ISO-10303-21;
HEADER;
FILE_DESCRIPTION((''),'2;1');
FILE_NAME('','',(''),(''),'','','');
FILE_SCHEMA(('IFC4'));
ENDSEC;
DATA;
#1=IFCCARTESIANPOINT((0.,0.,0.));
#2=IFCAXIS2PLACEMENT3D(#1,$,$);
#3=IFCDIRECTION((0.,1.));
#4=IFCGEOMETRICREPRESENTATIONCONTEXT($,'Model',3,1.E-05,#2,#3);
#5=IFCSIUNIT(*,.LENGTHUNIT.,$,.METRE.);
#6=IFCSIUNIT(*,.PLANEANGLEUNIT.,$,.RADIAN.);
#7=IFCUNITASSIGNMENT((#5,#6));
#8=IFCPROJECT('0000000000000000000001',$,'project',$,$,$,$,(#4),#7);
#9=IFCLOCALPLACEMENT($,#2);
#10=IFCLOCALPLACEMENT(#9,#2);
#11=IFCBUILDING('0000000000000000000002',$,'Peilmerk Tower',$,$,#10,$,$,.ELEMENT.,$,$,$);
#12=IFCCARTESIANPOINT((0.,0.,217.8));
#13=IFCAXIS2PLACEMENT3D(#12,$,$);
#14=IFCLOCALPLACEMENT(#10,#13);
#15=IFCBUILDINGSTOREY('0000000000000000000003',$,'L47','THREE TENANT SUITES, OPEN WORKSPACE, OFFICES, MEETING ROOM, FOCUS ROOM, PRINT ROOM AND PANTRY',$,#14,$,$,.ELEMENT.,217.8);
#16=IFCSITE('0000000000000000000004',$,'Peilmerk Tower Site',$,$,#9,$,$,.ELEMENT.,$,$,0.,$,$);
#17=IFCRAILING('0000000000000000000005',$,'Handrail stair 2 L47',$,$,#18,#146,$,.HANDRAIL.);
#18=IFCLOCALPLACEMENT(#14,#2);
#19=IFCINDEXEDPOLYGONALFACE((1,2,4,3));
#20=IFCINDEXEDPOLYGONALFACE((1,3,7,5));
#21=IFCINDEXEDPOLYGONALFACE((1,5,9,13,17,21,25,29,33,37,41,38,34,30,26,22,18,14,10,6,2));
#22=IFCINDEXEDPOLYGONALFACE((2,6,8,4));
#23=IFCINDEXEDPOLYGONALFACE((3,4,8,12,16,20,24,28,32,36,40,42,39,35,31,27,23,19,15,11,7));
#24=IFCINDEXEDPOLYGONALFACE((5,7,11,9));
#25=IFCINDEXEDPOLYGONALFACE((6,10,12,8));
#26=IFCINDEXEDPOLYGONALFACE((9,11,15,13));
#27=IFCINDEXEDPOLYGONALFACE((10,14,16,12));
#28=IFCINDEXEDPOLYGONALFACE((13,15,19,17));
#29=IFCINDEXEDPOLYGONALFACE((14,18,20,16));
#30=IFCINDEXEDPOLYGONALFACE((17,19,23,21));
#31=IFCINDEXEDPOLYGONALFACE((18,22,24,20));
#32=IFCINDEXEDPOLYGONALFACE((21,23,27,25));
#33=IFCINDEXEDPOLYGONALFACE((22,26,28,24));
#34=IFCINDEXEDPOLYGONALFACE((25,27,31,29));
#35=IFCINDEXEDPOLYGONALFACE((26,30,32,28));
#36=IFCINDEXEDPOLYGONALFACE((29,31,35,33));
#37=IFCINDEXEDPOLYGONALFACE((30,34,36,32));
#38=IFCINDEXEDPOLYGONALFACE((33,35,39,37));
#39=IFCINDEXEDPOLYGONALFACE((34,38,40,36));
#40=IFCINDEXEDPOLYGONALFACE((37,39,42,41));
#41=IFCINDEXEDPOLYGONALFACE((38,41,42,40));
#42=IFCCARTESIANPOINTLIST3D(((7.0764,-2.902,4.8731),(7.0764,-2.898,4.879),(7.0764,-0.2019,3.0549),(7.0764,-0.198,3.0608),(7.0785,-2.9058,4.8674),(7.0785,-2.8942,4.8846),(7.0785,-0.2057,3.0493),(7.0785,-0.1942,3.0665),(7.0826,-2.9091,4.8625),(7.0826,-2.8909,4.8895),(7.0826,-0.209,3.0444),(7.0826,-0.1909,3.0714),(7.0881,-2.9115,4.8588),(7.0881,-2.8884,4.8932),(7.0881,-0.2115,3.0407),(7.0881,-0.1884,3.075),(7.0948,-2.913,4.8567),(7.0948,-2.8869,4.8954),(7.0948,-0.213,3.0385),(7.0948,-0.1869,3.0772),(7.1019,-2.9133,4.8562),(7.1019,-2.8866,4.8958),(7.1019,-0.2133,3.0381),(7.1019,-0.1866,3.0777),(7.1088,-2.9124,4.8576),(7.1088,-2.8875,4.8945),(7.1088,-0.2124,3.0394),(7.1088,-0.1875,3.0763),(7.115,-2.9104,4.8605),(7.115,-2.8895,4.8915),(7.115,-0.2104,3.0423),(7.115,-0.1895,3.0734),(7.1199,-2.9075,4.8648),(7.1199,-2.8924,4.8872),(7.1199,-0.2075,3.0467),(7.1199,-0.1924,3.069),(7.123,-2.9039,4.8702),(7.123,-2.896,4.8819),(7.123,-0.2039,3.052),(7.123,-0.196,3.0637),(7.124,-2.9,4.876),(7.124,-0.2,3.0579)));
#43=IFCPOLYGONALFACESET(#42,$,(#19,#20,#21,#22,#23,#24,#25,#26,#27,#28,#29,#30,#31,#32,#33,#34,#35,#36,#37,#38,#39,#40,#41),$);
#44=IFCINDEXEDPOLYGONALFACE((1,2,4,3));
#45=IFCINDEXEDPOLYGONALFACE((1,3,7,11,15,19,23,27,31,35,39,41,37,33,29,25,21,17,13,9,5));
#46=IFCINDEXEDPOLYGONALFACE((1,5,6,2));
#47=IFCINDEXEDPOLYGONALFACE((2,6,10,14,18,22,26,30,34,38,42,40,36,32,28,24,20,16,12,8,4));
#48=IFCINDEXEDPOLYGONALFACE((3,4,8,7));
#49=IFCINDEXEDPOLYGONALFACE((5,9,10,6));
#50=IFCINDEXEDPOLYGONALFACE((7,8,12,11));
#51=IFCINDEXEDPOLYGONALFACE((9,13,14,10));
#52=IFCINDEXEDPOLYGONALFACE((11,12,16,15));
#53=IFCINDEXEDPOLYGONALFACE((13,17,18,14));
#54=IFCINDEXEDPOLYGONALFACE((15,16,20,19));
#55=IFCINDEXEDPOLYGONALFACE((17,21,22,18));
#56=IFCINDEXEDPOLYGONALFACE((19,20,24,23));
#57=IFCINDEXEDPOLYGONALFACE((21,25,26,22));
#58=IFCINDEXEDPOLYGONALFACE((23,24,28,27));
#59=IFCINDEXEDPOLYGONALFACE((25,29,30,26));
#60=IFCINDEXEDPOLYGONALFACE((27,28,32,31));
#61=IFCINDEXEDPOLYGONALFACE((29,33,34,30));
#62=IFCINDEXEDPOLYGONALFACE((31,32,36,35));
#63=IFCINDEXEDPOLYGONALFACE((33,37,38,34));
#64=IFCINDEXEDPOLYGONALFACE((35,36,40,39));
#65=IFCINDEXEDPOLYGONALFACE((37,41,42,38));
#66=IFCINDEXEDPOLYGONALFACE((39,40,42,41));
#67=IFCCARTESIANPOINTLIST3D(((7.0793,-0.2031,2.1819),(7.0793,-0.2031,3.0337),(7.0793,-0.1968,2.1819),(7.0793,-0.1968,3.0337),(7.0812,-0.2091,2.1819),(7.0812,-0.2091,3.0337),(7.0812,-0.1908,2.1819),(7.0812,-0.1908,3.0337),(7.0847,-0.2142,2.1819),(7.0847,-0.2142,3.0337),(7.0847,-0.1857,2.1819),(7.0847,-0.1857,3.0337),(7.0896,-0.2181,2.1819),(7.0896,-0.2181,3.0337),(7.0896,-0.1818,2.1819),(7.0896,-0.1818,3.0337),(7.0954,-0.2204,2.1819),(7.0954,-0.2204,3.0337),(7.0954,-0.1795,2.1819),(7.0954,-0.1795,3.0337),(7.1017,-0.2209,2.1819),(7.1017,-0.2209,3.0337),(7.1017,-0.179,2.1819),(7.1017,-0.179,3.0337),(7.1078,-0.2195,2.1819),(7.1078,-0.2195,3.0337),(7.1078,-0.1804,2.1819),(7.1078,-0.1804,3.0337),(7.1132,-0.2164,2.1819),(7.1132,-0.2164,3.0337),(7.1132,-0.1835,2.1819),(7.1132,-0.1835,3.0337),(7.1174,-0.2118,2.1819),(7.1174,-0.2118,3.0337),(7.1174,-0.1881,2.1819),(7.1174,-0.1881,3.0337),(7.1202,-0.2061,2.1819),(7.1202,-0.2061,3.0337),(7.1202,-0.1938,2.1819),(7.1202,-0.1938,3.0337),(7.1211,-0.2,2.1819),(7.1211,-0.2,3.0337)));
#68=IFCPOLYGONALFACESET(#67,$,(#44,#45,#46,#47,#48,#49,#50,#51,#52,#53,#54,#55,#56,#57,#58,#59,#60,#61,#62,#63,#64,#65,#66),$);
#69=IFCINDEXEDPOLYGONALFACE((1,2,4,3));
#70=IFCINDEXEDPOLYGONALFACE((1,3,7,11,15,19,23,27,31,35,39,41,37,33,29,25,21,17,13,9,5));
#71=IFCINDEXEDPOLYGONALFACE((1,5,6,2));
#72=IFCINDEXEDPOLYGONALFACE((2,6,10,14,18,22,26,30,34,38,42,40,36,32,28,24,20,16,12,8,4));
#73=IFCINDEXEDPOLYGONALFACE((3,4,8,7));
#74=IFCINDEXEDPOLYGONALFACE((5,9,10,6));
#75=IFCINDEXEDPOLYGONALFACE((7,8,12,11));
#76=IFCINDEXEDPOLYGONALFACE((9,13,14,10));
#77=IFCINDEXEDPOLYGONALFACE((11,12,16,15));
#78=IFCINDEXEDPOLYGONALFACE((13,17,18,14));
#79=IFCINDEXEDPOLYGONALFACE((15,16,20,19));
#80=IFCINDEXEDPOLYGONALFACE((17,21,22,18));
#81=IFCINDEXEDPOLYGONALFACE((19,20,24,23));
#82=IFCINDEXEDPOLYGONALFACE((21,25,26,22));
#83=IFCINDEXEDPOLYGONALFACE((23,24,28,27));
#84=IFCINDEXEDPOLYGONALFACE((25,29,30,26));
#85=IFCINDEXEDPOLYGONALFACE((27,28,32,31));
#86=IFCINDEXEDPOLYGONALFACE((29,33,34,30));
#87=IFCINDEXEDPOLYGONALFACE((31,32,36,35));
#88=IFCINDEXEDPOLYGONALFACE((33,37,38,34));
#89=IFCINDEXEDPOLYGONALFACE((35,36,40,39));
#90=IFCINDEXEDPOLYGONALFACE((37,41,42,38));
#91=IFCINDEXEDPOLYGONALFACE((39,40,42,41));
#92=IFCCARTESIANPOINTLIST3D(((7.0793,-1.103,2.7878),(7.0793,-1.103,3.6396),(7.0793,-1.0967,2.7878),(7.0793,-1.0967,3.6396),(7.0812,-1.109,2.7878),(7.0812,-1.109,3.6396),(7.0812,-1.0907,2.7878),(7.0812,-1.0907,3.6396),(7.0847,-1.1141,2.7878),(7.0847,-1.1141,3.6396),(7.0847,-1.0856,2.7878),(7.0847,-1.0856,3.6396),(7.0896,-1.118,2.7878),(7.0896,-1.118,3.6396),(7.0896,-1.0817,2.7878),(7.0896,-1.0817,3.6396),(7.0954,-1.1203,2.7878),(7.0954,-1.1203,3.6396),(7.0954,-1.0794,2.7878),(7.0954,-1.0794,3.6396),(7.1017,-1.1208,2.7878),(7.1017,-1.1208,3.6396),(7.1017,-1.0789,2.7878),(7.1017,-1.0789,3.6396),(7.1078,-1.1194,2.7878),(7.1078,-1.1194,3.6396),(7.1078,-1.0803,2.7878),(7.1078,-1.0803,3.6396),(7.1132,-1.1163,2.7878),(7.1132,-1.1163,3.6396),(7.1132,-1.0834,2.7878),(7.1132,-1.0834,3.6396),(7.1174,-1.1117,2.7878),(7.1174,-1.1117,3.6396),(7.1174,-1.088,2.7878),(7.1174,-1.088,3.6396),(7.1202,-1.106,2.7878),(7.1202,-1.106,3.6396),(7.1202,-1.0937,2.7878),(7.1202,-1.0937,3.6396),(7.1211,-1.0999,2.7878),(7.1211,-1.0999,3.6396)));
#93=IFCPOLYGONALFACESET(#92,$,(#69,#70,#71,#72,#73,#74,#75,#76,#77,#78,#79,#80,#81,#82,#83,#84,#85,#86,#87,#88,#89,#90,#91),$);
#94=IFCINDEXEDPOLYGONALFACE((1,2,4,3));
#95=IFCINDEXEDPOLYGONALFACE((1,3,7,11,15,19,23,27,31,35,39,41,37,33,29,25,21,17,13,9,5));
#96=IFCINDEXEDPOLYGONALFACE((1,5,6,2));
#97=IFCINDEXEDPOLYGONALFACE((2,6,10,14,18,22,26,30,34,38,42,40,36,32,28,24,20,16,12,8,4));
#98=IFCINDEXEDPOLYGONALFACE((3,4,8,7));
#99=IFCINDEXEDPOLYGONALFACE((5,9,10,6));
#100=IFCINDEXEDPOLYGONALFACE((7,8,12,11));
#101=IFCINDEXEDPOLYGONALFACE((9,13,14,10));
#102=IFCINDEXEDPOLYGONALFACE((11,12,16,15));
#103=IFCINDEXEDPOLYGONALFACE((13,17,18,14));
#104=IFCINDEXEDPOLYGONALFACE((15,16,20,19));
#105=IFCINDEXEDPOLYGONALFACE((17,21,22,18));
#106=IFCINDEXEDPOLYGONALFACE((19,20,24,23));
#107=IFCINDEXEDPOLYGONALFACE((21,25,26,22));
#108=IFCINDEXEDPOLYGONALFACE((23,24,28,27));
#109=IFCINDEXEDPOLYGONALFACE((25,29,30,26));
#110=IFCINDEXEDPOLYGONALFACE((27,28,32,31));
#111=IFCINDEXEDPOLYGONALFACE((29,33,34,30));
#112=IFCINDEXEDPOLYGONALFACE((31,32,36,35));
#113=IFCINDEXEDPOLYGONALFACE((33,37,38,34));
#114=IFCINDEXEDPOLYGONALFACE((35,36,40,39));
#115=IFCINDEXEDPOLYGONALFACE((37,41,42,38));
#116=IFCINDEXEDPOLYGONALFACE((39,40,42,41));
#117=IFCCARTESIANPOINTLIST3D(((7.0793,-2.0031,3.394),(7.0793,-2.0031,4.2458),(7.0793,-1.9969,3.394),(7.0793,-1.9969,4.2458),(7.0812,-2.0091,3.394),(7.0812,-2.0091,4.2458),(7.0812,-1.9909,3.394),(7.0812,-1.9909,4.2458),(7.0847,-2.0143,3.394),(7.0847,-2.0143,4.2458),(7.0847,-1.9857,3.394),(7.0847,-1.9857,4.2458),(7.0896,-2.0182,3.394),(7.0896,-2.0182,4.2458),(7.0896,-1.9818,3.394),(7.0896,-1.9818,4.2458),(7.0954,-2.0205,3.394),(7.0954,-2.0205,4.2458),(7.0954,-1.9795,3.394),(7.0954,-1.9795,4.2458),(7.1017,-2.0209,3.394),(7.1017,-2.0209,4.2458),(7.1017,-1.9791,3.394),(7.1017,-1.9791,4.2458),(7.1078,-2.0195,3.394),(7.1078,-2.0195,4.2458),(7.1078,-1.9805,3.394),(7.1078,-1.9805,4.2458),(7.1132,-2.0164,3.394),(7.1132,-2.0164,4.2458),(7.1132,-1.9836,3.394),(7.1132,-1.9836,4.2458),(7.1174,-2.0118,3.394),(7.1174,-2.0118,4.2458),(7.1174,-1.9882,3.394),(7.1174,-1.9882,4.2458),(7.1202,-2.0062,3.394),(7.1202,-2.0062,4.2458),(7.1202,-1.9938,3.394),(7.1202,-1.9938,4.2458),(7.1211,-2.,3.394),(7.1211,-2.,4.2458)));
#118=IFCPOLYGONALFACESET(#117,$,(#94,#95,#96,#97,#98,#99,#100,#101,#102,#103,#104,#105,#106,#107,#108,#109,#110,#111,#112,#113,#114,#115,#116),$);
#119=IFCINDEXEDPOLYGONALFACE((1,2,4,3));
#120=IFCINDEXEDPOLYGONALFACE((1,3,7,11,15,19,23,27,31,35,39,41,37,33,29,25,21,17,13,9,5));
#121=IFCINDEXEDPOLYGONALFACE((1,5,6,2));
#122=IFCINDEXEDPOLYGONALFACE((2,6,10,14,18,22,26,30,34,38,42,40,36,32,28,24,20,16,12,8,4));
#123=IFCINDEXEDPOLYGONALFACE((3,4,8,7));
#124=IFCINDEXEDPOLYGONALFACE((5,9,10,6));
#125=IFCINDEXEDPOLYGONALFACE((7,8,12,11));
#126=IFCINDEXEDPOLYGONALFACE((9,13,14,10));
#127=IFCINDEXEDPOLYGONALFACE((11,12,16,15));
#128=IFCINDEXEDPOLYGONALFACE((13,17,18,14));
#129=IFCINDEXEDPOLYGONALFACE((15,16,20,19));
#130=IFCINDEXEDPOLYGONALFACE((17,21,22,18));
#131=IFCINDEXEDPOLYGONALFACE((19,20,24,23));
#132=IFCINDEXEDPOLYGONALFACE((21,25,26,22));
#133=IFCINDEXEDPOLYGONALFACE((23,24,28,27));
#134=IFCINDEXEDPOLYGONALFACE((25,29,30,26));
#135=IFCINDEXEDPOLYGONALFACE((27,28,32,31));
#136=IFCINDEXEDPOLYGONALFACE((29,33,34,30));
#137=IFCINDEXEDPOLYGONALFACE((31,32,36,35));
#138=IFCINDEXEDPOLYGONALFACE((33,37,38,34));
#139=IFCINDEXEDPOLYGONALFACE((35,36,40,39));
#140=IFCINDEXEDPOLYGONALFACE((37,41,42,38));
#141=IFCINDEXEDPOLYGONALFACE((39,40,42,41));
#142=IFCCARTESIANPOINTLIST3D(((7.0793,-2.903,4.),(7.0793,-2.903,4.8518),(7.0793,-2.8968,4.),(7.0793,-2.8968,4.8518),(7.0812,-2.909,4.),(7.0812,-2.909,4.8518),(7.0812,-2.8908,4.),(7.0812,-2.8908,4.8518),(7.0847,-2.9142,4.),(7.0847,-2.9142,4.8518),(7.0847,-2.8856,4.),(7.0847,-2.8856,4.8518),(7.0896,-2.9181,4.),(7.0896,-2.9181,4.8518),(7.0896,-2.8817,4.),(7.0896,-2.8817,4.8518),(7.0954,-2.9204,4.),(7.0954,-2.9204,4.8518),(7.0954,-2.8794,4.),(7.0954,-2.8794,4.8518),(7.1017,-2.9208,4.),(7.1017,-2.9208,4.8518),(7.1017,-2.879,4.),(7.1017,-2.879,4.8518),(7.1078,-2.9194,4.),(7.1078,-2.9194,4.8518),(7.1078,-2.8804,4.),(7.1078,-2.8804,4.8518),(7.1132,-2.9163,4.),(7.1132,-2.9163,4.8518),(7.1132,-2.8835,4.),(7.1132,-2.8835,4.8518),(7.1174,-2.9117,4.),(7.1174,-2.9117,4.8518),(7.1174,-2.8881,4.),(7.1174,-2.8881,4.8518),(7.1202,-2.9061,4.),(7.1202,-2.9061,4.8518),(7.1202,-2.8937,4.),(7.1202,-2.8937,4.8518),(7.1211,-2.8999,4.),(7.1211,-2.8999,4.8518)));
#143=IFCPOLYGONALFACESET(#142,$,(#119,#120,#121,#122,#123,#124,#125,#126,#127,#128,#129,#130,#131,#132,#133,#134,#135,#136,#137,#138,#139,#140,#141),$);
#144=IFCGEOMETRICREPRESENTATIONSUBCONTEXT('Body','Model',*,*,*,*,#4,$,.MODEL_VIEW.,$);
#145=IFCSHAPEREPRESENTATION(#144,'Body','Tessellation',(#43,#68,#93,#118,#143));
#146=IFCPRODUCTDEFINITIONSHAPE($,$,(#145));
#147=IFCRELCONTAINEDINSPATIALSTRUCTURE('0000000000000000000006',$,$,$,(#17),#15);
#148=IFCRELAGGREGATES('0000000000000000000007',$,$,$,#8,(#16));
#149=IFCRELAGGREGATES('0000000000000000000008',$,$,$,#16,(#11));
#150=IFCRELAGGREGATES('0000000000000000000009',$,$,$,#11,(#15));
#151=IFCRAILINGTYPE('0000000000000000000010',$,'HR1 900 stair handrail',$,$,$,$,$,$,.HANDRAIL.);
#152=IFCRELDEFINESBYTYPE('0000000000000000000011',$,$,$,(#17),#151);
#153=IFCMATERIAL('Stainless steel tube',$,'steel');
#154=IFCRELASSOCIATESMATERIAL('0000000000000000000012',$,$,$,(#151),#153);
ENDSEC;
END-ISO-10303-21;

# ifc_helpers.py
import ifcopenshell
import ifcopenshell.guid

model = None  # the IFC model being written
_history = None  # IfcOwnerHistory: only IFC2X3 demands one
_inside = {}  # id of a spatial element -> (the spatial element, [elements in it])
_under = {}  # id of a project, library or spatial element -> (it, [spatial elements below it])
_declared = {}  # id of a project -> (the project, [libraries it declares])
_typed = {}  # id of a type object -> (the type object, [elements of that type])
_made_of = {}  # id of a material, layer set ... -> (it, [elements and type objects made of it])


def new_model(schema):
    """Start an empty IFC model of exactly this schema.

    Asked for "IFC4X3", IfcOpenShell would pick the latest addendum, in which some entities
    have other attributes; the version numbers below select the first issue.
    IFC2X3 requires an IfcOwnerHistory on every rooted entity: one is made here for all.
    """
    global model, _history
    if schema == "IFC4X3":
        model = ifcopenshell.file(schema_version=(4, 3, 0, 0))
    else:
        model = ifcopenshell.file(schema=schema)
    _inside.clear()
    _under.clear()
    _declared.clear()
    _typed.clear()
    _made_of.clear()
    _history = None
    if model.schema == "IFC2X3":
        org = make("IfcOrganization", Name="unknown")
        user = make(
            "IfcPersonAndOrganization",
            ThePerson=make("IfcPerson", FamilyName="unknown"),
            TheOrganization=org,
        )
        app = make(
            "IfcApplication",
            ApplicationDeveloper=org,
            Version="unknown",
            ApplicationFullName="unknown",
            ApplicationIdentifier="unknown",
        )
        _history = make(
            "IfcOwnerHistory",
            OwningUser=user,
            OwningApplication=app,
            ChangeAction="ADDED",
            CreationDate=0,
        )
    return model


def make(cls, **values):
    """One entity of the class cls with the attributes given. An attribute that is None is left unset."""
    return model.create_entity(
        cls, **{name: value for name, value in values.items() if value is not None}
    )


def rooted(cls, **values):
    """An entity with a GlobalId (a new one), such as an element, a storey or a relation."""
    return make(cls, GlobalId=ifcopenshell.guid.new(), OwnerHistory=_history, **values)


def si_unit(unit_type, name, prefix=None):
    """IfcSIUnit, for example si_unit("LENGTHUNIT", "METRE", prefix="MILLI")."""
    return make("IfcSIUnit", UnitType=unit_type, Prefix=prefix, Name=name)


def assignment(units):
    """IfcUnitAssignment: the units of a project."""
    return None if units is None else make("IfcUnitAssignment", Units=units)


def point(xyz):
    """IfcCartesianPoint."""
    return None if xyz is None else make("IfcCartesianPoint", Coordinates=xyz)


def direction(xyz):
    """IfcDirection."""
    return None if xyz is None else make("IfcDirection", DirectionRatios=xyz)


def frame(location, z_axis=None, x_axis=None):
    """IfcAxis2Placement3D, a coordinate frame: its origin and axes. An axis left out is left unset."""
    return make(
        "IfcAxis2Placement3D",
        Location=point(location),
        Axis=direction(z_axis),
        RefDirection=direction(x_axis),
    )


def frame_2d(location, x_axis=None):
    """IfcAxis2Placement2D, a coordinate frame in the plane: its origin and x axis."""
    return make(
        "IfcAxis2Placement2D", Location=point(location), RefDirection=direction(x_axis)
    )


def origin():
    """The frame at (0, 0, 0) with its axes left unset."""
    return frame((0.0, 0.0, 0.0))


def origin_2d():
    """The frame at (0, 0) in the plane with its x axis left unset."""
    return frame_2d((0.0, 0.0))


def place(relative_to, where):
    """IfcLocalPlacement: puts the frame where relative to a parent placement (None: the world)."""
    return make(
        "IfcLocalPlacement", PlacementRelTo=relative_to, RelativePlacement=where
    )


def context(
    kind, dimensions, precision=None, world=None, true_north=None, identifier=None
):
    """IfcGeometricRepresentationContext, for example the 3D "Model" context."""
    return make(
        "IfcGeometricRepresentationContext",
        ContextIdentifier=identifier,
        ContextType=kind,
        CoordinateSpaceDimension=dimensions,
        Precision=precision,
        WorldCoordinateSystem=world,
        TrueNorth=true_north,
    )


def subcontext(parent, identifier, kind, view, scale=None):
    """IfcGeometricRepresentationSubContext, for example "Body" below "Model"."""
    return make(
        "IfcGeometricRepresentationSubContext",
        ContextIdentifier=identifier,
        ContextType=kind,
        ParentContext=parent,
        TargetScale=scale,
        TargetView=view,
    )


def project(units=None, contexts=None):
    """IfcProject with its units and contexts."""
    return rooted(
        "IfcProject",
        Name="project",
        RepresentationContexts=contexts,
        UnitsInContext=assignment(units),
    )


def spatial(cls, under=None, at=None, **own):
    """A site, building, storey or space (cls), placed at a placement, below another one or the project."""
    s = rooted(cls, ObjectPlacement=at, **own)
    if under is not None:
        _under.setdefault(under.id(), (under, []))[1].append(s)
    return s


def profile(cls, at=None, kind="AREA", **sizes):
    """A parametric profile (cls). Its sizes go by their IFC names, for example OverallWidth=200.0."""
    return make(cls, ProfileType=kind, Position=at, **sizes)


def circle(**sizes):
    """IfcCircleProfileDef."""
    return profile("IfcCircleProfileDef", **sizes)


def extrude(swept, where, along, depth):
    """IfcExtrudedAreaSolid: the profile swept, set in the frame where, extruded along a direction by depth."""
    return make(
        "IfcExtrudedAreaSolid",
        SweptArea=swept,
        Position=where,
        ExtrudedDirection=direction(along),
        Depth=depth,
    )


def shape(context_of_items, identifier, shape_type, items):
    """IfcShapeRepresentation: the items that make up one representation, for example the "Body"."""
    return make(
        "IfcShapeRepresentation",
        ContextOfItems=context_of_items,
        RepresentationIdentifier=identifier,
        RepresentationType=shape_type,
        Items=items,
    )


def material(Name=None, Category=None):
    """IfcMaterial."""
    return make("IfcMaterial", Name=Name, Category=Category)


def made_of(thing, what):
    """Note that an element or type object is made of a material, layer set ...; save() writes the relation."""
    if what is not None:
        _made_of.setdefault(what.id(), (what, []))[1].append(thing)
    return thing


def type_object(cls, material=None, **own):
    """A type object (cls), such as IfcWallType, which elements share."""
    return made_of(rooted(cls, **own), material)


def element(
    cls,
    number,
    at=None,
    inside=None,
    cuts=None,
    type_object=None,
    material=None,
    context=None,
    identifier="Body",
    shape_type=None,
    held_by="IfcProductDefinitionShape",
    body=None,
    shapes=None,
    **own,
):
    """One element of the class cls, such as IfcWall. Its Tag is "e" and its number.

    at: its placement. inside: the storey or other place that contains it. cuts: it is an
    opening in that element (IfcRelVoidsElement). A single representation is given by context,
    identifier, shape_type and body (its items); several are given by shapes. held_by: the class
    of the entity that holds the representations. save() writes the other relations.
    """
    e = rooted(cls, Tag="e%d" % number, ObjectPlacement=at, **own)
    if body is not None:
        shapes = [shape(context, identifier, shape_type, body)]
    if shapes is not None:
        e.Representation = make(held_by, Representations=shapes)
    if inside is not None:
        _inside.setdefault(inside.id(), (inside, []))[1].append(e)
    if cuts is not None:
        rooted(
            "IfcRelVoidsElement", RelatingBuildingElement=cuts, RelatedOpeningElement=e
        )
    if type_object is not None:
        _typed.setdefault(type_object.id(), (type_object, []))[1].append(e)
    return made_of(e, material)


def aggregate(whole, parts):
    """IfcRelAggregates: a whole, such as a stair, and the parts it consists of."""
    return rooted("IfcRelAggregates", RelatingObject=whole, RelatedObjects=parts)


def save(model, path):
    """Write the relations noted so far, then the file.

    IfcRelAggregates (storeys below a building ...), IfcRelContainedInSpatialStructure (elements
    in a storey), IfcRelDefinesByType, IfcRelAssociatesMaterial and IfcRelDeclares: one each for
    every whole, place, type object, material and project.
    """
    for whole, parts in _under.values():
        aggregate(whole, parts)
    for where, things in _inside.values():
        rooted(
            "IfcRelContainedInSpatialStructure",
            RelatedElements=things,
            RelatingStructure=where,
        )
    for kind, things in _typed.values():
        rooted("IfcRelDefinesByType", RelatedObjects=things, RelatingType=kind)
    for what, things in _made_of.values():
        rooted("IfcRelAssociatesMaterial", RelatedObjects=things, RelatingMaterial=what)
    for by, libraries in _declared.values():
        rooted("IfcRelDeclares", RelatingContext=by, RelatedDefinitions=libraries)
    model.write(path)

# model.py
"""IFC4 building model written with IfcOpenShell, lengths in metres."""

from ifc_helpers import new_model, si_unit, direction, frame, origin, origin_2d, place, context, subcontext, project, spatial, circle, extrude, material, type_object, element, save


model = new_model("IFC4")

# Units and contexts
model_context = context("Model", 3, precision=1e-05, world=origin(), true_north=direction((0.0, 1.0)))
body_context = subcontext(model_context, "Body", "Model", "MODEL_VIEW")
ifc_project = project(units=[si_unit("LENGTHUNIT", "METRE"), si_unit("PLANEANGLEUNIT", "RADIAN")], contexts=[model_context])

# Site, building, storey
site_placement = place(None, origin())
site = spatial("IfcSite", under=ifc_project, at=site_placement, Name="Peilmerk Tower Site", CompositionType="ELEMENT", RefElevation=0.0)
building_placement = place(site_placement, origin())
building = spatial("IfcBuilding", under=site, at=building_placement, Name="Peilmerk Tower", CompositionType="ELEMENT")
storey_placement = place(building_placement, frame((0.0, 0.0, 217.8)))
storey = spatial("IfcBuildingStorey", under=building, at=storey_placement, Name="L47", Description="THREE TENANT SUITES, OPEN WORKSPACE, OFFICES, MEETING ROOM, FOCUS ROOM, PRINT ROOM AND PANTRY", CompositionType="ELEMENT", Elevation=217.8)

# Railing
ifc_material_1 = material(Name="Stainless steel tube", Category="steel")
railing_type_1 = type_object("IfcRailingType", Name="HR1 900 stair handrail", PredefinedType="HANDRAIL", material=ifc_material_1)
railing_1_placement = place(storey_placement, frame((7.1001, -0.2, 2.1819)))
element("IfcRailing", 1, at=railing_1_placement, inside=storey, type_object=railing_type_1, Name="Handrail stair 2 L47", PredefinedType="HANDRAIL", context=body_context, shape_type="SweptSolid", body=[
    extrude(circle(Radius=0.0239, at=origin_2d()), frame((0.0, 0.0, 0.876), z_axis=(0.0, -0.829468, 0.558554), x_axis=(1.0, 0.0, 0.0)), (0.0, 0.0, 1.0), 3.2551),
    extrude(circle(Radius=0.021, at=origin_2d()), origin(), (0.0, 0.0, 1.0), 0.8518),
    extrude(circle(Radius=0.021, at=origin_2d()), frame((0.0, -0.8999, 0.606)), (0.0, 0.0, 1.0), 0.8518),
    extrude(circle(Radius=0.021, at=origin_2d()), frame((0.0, -1.8, 1.2122)), (0.0, 0.0, 1.0), 0.8518),
    extrude(circle(Radius=0.021, at=origin_2d()), frame((0.0, -2.7, 1.8181)), (0.0, 0.0, 1.0), 0.8518),
])

save(model, "model.ifc")
